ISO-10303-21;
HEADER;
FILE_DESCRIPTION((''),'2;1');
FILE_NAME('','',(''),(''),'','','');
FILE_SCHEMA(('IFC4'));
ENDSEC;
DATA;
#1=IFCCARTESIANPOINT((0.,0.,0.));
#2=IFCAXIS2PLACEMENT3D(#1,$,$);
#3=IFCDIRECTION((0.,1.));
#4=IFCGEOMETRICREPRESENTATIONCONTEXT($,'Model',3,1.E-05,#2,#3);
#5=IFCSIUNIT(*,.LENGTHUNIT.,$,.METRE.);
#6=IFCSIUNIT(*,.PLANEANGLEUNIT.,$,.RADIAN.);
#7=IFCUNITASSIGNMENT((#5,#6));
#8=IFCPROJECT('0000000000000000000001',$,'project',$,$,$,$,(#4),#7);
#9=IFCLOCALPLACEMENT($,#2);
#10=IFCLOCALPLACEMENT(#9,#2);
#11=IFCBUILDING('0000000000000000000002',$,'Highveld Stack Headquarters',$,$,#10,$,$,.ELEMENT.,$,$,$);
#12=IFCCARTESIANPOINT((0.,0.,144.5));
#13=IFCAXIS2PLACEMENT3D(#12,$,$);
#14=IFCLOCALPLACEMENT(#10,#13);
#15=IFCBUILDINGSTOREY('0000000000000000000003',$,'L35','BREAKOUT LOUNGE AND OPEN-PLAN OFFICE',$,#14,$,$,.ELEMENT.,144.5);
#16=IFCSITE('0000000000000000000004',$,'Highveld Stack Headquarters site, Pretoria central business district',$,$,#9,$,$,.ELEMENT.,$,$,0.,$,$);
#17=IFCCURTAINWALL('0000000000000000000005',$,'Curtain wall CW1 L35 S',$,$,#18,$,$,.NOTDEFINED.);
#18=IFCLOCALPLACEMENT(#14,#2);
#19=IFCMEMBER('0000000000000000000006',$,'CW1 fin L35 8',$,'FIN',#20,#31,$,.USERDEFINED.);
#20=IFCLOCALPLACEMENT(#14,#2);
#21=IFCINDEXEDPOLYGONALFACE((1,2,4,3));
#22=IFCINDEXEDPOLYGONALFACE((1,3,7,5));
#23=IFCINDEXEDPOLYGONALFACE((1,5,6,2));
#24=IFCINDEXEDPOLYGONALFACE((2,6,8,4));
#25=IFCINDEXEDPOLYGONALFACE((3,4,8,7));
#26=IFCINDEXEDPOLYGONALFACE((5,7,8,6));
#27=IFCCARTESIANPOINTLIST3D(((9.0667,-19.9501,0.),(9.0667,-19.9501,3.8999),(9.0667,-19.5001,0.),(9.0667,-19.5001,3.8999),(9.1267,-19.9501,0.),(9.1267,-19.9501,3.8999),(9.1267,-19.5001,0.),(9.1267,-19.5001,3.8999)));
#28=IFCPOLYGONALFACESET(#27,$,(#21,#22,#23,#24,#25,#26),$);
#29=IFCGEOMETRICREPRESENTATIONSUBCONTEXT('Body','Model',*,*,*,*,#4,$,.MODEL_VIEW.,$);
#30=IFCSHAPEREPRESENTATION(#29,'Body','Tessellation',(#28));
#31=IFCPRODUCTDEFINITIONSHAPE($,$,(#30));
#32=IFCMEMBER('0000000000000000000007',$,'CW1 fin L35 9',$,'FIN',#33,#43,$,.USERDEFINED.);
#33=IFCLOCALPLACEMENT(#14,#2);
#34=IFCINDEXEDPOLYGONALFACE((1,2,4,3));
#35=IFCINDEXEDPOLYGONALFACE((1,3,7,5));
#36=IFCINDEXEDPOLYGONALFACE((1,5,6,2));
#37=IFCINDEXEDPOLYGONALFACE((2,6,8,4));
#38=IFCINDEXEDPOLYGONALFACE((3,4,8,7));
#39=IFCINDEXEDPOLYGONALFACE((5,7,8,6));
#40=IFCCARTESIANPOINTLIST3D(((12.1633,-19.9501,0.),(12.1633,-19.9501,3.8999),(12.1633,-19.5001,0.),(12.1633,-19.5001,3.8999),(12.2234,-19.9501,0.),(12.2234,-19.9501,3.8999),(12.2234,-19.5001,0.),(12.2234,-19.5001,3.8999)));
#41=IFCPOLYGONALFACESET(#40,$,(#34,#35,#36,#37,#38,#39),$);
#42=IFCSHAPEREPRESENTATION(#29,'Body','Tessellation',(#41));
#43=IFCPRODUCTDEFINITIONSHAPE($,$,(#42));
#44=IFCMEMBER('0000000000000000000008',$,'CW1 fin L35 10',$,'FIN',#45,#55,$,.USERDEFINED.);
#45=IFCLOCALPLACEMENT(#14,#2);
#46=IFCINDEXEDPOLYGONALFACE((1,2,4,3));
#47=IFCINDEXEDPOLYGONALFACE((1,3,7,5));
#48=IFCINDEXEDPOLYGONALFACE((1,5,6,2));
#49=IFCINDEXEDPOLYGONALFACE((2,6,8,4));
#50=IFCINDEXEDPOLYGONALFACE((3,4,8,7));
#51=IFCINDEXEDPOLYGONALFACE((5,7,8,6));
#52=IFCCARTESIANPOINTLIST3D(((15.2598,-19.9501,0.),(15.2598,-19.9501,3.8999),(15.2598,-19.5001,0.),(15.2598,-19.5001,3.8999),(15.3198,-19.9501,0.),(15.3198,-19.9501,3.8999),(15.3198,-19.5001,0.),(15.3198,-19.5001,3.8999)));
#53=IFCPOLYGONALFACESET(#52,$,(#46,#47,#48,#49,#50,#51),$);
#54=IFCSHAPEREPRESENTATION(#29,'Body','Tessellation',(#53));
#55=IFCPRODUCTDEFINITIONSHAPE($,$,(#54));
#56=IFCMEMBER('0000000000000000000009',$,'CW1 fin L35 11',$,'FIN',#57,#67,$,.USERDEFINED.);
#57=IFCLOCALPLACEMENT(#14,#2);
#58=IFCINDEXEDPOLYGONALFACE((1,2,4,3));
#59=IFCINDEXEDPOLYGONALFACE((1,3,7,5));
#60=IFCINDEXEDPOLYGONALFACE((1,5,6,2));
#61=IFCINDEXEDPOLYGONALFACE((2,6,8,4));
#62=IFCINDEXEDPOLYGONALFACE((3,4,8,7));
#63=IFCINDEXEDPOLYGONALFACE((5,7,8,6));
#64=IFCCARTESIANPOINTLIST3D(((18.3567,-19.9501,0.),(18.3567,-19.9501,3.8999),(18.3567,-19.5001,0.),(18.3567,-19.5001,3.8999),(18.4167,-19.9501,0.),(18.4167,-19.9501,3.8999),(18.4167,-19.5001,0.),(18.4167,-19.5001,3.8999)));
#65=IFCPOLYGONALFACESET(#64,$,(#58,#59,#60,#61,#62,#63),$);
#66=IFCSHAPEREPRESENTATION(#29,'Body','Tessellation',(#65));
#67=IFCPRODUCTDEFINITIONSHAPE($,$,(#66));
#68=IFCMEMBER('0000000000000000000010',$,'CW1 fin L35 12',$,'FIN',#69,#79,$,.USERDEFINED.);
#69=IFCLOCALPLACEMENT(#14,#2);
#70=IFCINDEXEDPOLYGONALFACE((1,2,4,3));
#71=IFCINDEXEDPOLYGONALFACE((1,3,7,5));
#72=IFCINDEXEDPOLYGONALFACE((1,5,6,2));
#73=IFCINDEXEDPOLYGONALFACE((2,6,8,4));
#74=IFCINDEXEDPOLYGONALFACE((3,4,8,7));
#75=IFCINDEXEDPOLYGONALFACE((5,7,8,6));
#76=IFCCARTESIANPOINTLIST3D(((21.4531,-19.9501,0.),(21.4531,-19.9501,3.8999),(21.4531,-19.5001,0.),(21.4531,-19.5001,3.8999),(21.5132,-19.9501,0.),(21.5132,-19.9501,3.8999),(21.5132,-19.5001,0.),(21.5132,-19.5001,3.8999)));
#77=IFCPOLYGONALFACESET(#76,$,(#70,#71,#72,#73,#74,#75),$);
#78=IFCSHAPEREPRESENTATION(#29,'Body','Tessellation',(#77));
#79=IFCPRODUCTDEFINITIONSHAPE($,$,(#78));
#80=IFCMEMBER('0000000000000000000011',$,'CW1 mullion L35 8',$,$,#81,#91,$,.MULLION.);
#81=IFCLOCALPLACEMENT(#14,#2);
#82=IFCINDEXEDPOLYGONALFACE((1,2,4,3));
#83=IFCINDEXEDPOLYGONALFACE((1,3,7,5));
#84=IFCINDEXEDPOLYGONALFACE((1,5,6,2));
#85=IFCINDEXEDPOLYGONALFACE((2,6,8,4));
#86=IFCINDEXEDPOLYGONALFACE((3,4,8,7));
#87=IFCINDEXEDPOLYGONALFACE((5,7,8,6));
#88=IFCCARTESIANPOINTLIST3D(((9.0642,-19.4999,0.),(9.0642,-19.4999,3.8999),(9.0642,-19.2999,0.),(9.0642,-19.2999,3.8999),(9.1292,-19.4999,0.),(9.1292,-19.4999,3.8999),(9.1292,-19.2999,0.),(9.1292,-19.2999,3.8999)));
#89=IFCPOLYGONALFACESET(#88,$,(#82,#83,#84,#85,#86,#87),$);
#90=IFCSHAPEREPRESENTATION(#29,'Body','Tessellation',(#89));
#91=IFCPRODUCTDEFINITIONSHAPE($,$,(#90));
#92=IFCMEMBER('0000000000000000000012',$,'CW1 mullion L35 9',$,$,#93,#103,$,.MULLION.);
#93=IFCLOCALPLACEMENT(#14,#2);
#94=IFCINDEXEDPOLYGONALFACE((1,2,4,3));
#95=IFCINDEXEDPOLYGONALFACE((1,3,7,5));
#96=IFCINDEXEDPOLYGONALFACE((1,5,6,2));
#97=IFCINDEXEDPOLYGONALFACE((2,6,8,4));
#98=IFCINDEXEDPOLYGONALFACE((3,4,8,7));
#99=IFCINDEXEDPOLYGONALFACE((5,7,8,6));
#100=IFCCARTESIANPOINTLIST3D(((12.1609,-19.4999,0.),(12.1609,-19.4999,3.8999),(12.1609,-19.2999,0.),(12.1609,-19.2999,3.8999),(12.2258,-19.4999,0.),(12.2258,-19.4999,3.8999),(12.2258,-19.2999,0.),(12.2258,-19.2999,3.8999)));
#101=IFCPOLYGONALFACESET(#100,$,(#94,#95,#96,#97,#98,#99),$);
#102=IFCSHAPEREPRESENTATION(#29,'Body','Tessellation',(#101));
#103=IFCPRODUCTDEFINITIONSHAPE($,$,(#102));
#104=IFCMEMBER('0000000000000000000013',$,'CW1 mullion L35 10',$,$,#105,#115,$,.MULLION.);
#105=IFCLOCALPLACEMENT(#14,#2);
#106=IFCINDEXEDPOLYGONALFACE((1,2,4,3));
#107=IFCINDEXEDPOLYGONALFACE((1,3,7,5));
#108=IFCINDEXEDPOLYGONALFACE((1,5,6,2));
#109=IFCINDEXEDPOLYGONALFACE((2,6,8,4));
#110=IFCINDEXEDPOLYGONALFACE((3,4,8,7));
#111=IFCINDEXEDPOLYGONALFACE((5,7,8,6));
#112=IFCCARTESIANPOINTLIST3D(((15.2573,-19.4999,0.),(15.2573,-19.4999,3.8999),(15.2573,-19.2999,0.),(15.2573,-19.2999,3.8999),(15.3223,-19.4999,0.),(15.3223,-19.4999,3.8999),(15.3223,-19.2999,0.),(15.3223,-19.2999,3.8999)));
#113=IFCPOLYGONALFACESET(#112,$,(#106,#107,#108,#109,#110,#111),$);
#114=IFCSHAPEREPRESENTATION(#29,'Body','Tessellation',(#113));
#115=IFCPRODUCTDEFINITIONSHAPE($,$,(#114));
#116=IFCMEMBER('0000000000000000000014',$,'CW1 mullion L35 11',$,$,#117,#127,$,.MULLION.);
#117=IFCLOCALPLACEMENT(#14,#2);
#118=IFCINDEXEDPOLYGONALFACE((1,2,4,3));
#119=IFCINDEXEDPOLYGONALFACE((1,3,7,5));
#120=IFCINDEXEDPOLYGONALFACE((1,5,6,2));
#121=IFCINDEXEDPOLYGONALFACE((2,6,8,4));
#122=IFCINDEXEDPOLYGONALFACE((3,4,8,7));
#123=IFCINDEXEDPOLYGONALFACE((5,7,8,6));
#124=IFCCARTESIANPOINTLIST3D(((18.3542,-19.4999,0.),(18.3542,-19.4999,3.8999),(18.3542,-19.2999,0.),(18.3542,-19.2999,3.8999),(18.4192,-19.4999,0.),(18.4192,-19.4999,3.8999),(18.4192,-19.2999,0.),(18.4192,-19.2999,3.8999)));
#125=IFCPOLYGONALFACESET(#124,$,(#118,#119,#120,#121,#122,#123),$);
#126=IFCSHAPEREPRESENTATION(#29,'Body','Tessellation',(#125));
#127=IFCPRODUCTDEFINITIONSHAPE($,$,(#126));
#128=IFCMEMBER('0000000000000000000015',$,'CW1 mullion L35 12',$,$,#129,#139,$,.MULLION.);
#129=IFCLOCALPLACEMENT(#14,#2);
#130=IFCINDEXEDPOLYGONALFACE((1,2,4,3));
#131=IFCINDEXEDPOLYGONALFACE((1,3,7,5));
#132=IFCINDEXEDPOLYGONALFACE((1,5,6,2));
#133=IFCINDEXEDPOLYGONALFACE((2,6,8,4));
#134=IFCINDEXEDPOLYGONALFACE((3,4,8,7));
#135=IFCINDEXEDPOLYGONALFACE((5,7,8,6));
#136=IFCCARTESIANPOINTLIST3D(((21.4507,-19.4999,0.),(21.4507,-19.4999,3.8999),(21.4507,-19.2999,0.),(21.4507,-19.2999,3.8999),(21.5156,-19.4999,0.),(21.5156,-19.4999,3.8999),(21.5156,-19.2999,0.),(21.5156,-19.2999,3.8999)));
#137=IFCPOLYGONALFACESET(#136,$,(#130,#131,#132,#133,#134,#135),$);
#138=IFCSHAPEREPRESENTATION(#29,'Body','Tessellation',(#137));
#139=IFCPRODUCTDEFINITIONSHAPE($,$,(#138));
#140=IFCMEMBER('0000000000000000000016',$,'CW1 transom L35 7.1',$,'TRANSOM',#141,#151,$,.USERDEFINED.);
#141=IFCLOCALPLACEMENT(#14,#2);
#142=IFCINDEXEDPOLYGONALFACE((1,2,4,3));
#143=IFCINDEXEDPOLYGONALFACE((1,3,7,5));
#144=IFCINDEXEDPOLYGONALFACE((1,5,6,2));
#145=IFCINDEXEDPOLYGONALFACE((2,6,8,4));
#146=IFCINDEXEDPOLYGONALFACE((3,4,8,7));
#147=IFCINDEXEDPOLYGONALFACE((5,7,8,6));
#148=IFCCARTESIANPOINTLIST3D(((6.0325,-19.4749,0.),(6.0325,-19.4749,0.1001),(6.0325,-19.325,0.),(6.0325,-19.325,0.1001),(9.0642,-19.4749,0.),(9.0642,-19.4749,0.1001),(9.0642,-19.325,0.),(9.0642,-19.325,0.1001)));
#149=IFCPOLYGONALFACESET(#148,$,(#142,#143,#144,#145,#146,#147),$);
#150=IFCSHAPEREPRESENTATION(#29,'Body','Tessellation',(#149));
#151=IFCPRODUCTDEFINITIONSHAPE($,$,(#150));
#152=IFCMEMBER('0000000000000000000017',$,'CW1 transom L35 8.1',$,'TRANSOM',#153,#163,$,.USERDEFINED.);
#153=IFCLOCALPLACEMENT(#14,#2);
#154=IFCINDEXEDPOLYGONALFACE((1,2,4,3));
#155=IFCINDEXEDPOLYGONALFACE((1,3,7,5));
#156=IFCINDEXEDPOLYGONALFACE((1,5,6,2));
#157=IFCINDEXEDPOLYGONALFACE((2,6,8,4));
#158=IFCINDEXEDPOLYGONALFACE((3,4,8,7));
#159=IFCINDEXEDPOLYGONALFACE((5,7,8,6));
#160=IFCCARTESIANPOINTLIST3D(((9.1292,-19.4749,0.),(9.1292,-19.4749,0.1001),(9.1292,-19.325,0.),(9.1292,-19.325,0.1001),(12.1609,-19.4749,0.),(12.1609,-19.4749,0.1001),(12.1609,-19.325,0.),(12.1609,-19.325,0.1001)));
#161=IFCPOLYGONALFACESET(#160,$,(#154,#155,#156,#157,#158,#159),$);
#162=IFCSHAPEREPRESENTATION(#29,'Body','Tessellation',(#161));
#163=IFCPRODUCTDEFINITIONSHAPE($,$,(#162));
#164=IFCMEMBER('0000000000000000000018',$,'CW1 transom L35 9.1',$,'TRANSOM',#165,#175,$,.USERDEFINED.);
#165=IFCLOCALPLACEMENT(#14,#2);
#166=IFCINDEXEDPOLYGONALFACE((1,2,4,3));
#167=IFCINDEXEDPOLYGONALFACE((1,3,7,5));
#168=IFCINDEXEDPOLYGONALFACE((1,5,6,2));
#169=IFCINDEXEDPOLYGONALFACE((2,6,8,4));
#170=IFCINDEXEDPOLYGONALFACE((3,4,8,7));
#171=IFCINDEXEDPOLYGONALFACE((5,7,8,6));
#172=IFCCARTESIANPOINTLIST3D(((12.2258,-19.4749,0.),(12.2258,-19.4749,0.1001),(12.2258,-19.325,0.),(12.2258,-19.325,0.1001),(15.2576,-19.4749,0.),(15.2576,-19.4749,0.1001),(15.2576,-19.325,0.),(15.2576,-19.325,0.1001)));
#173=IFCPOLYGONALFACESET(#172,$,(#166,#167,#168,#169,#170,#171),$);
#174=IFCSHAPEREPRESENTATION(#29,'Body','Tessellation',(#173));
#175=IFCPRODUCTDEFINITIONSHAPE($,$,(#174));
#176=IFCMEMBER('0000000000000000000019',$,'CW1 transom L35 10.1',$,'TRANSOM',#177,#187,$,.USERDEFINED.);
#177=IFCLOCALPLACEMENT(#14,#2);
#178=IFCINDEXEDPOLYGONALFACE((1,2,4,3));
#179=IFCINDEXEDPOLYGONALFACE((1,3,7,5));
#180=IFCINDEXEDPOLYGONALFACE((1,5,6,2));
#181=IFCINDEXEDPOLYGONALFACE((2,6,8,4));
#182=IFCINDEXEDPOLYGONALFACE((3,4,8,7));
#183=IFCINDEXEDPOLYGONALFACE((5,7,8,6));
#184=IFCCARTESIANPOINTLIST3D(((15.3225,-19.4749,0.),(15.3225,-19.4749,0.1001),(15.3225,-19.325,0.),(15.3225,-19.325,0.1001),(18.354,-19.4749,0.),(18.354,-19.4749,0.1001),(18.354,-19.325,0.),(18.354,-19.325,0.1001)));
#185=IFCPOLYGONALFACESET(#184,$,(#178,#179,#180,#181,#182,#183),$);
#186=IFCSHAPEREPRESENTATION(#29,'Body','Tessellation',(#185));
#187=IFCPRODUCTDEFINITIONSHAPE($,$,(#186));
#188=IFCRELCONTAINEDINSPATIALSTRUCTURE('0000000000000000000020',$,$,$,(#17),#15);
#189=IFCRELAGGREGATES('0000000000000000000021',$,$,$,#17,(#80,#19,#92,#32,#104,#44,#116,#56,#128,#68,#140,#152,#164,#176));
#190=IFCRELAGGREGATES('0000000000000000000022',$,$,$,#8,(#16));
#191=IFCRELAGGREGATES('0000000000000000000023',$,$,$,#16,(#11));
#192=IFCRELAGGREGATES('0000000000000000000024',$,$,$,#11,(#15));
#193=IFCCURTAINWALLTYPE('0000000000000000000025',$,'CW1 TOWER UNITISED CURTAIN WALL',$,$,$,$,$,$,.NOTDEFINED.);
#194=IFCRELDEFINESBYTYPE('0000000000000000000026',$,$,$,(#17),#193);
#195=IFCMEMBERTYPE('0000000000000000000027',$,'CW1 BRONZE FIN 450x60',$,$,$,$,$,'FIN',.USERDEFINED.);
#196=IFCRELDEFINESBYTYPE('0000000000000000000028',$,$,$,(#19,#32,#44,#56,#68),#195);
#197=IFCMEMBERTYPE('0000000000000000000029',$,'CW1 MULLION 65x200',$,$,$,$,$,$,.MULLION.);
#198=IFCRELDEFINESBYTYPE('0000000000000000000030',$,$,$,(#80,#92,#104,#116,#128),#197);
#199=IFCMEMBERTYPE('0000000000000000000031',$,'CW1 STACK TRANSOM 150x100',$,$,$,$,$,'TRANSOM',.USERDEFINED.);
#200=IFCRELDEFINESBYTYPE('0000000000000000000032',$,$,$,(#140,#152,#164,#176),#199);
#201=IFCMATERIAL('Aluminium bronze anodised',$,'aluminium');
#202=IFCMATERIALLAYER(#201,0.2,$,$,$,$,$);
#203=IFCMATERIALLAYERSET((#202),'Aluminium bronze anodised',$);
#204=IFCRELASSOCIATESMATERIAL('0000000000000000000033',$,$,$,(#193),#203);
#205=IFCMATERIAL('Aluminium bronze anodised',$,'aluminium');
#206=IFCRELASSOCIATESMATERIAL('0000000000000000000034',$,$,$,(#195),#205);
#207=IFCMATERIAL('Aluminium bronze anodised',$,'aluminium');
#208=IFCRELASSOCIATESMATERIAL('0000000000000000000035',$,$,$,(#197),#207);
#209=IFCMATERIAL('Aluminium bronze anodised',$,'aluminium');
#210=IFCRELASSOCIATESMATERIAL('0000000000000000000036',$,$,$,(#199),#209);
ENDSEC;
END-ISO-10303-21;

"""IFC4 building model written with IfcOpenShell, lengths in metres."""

from ifc_helpers import new_model, si_unit, direction, frame, origin, origin_2d, place, context, subcontext, project, spatial, rectangle, extrude, material, layer, layer_set, material_profile, profile_set, type_object, element, aggregate, save


model = new_model("IFC4")

# Units and contexts
model_context = context("Model", 3, precision=1e-05, world=origin(), true_north=direction((0.0, 1.0)))
body_context = subcontext(model_context, "Body", "Model", "MODEL_VIEW")
ifc_project = project(units=[si_unit("LENGTHUNIT", "METRE"), si_unit("PLANEANGLEUNIT", "RADIAN")], contexts=[model_context])

# Site, building, storey
site_placement = place(None, origin())
site = spatial("IfcSite", under=ifc_project, at=site_placement, Name="Highveld Stack Headquarters site, Pretoria central business district", CompositionType="ELEMENT", RefElevation=0.0)
building_placement = place(site_placement, origin())
building = spatial("IfcBuilding", under=site, at=building_placement, Name="Highveld Stack Headquarters", CompositionType="ELEMENT")
storey_placement = place(building_placement, frame((0.0, 0.0, 144.5)))
storey = spatial("IfcBuildingStorey", under=building, at=storey_placement, Name="L35", Description="BREAKOUT LOUNGE AND OPEN-PLAN OFFICE", CompositionType="ELEMENT", Elevation=144.5)

# Curtain wall, members
ifc_material_1 = material(Name="Aluminium bronze anodised", Category="aluminium")
ifc_layer_1 = layer(ifc_material_1, 0.2)
ifc_layer_set_1 = layer_set([ifc_layer_1], Name="Aluminium bronze anodised")
curtain_wall_type = type_object("IfcCurtainWallType", Name="CW1 TOWER UNITISED CURTAIN WALL", PredefinedType="NOTDEFINED", material=ifc_layer_set_1)
curtain_wall_placement = place(storey_placement, origin())
curtain_wall = element("IfcCurtainWall", 1, at=curtain_wall_placement, inside=storey, type_object=curtain_wall_type, Name="Curtain wall CW1 L35 S", PredefinedType="NOTDEFINED")
ifc_material_2 = material(Name="Aluminium bronze anodised", Category="aluminium")
ifc_material_profile_1 = material_profile(ifc_material_2, rectangle(XDim=0.45, YDim=0.0601, at=origin_2d()), Name="FIN 450x60")
ifc_profile_set_1 = profile_set([ifc_material_profile_1], Name="Aluminium bronze anodised")
member_type_1 = type_object("IfcMemberType", Name="CW1 BRONZE FIN 450x60", ElementType="FIN", PredefinedType="USERDEFINED", material=ifc_profile_set_1)
member_1_placement = place(storey_placement, frame((9.0967, -19.7251, 0.0), z_axis=(0.0, 0.0, 1.0), x_axis=(0.0, 1.0, 0.0)))
member_1 = element("IfcMember", 2, at=member_1_placement, type_object=member_type_1, Name="CW1 fin L35 8", ObjectType="FIN", PredefinedType="USERDEFINED", context=body_context, shape_type="SweptSolid", body=[
    extrude(rectangle(XDim=0.45, YDim=0.0601, at=origin_2d()), origin(), (0.0, 0.0, 1.0), 3.8999),
])
member_2_placement = place(storey_placement, frame((12.1934, -19.7251, 0.0), z_axis=(0.0, 0.0, 1.0), x_axis=(0.0, 1.0, 0.0)))
member_2 = element("IfcMember", 3, at=member_2_placement, type_object=member_type_1, Name="CW1 fin L35 9", ObjectType="FIN", PredefinedType="USERDEFINED", context=body_context, shape_type="SweptSolid", body=[
    extrude(rectangle(XDim=0.45, YDim=0.0601, at=origin_2d()), origin(), (0.0, 0.0, 1.0), 3.8999),
])
member_3_placement = place(storey_placement, frame((15.2898, -19.7251, 0.0), z_axis=(0.0, 0.0, 1.0), x_axis=(0.0, 1.0, 0.0)))
member_3 = element("IfcMember", 4, at=member_3_placement, type_object=member_type_1, Name="CW1 fin L35 10", ObjectType="FIN", PredefinedType="USERDEFINED", context=body_context, shape_type="SweptSolid", body=[
    extrude(rectangle(XDim=0.45, YDim=0.0601, at=origin_2d()), origin(), (0.0, 0.0, 1.0), 3.8999),
])
member_4_placement = place(storey_placement, frame((18.3867, -19.7251, 0.0), z_axis=(0.0, 0.0, 1.0), x_axis=(0.0, 1.0, 0.0)))
member_4 = element("IfcMember", 5, at=member_4_placement, type_object=member_type_1, Name="CW1 fin L35 11", ObjectType="FIN", PredefinedType="USERDEFINED", context=body_context, shape_type="SweptSolid", body=[
    extrude(rectangle(XDim=0.45, YDim=0.0601, at=origin_2d()), origin(), (0.0, 0.0, 1.0), 3.8999),
])
member_5_placement = place(storey_placement, frame((21.4832, -19.7251, 0.0), z_axis=(0.0, 0.0, 1.0), x_axis=(0.0, 1.0, 0.0)))
member_5 = element("IfcMember", 6, at=member_5_placement, type_object=member_type_1, Name="CW1 fin L35 12", ObjectType="FIN", PredefinedType="USERDEFINED", context=body_context, shape_type="SweptSolid", body=[
    extrude(rectangle(XDim=0.45, YDim=0.0601, at=origin_2d()), origin(), (0.0, 0.0, 1.0), 3.8999),
])
ifc_material_3 = material(Name="Aluminium bronze anodised", Category="aluminium")
ifc_material_profile_2 = material_profile(ifc_material_3, rectangle(XDim=0.2, YDim=0.0649, at=origin_2d()), Name="CW1 MULLION 65x200")
ifc_profile_set_2 = profile_set([ifc_material_profile_2], Name="Aluminium bronze anodised")
member_type_2 = type_object("IfcMemberType", Name="CW1 MULLION 65x200", PredefinedType="MULLION", material=ifc_profile_set_2)
member_6_placement = place(storey_placement, frame((9.0967, -19.3999, 0.0), z_axis=(0.0, 0.0, 1.0), x_axis=(0.0, 1.0, 0.0)))
member_6 = element("IfcMember", 7, at=member_6_placement, type_object=member_type_2, Name="CW1 mullion L35 8", PredefinedType="MULLION", context=body_context, shape_type="SweptSolid", body=[
    extrude(rectangle(XDim=0.2, YDim=0.0649, at=origin_2d()), origin(), (0.0, 0.0, 1.0), 3.8999),
])
member_7_placement = place(storey_placement, frame((12.1934, -19.3999, 0.0), z_axis=(0.0, 0.0, 1.0), x_axis=(0.0, 1.0, 0.0)))
member_7 = element("IfcMember", 8, at=member_7_placement, type_object=member_type_2, Name="CW1 mullion L35 9", PredefinedType="MULLION", context=body_context, shape_type="SweptSolid", body=[
    extrude(rectangle(XDim=0.2, YDim=0.0649, at=origin_2d()), origin(), (0.0, 0.0, 1.0), 3.8999),
])
member_8_placement = place(storey_placement, frame((15.2898, -19.3999, 0.0), z_axis=(0.0, 0.0, 1.0), x_axis=(0.0, 1.0, 0.0)))
member_8 = element("IfcMember", 9, at=member_8_placement, type_object=member_type_2, Name="CW1 mullion L35 10", PredefinedType="MULLION", context=body_context, shape_type="SweptSolid", body=[
    extrude(rectangle(XDim=0.2, YDim=0.0649, at=origin_2d()), origin(), (0.0, 0.0, 1.0), 3.8999),
])
member_9_placement = place(storey_placement, frame((18.3867, -19.3999, 0.0), z_axis=(0.0, 0.0, 1.0), x_axis=(0.0, 1.0, 0.0)))
member_9 = element("IfcMember", 10, at=member_9_placement, type_object=member_type_2, Name="CW1 mullion L35 11", PredefinedType="MULLION", context=body_context, shape_type="SweptSolid", body=[
    extrude(rectangle(XDim=0.2, YDim=0.0649, at=origin_2d()), origin(), (0.0, 0.0, 1.0), 3.8999),
])
member_10_placement = place(storey_placement, frame((21.4832, -19.3999, 0.0), z_axis=(0.0, 0.0, 1.0), x_axis=(0.0, 1.0, 0.0)))
member_10 = element("IfcMember", 11, at=member_10_placement, type_object=member_type_2, Name="CW1 mullion L35 12", PredefinedType="MULLION", context=body_context, shape_type="SweptSolid", body=[
    extrude(rectangle(XDim=0.2, YDim=0.0649, at=origin_2d()), origin(), (0.0, 0.0, 1.0), 3.8999),
])
ifc_material_4 = material(Name="Aluminium bronze anodised", Category="aluminium")
ifc_material_profile_3 = material_profile(ifc_material_4, rectangle(XDim=0.1499, YDim=0.1001, at=origin_2d()), Name="CW1 TRANSOM 150x100")
ifc_profile_set_3 = profile_set([ifc_material_profile_3], Name="Aluminium bronze anodised")
member_type_3 = type_object("IfcMemberType", Name="CW1 STACK TRANSOM 150x100", ElementType="TRANSOM", PredefinedType="USERDEFINED", material=ifc_profile_set_3)
member_11_placement = place(storey_placement, frame((6.0325, -19.3999, 0.05), z_axis=(1.0, 0.0, 0.0), x_axis=(0.0, 1.0, 0.0)))
member_11 = element("IfcMember", 12, at=member_11_placement, type_object=member_type_3, Name="CW1 transom L35 7.1", ObjectType="TRANSOM", PredefinedType="USERDEFINED", context=body_context, shape_type="SweptSolid", body=[
    extrude(rectangle(XDim=0.1499, YDim=0.1001, at=origin_2d()), origin(), (0.0, 0.0, 1.0), 3.0317),
])
member_12_placement = place(storey_placement, frame((9.1292, -19.3999, 0.05), z_axis=(1.0, 0.0, 0.0), x_axis=(0.0, 1.0, 0.0)))
member_12 = element("IfcMember", 13, at=member_12_placement, type_object=member_type_3, Name="CW1 transom L35 8.1", ObjectType="TRANSOM", PredefinedType="USERDEFINED", context=body_context, shape_type="SweptSolid", body=[
    extrude(rectangle(XDim=0.1499, YDim=0.1001, at=origin_2d()), origin(), (0.0, 0.0, 1.0), 3.0317),
])
member_13_placement = place(storey_placement, frame((12.2258, -19.3999, 0.05), z_axis=(1.0, 0.0, 0.0), x_axis=(0.0, 1.0, 0.0)))
member_13 = element("IfcMember", 14, at=member_13_placement, type_object=member_type_3, Name="CW1 transom L35 9.1", ObjectType="TRANSOM", PredefinedType="USERDEFINED", context=body_context, shape_type="SweptSolid", body=[
    extrude(rectangle(XDim=0.1499, YDim=0.1001, at=origin_2d()), origin(), (0.0, 0.0, 1.0), 3.0317),
])
member_14_placement = place(storey_placement, frame((15.3225, -19.3999, 0.05), z_axis=(1.0, 0.0, 0.0), x_axis=(0.0, 1.0, 0.0)))
member_14 = element("IfcMember", 15, at=member_14_placement, type_object=member_type_3, Name="CW1 transom L35 10.1", ObjectType="TRANSOM", PredefinedType="USERDEFINED", context=body_context, shape_type="SweptSolid", body=[
    extrude(rectangle(XDim=0.1499, YDim=0.1001, at=origin_2d()), origin(), (0.0, 0.0, 1.0), 3.0315),
])
aggregate(curtain_wall, [member_6, member_1, member_7, member_2, member_8, member_3, member_9, member_4, member_10, member_5, member_11, member_12, member_13, member_14])

save(model, "model.ifc")
